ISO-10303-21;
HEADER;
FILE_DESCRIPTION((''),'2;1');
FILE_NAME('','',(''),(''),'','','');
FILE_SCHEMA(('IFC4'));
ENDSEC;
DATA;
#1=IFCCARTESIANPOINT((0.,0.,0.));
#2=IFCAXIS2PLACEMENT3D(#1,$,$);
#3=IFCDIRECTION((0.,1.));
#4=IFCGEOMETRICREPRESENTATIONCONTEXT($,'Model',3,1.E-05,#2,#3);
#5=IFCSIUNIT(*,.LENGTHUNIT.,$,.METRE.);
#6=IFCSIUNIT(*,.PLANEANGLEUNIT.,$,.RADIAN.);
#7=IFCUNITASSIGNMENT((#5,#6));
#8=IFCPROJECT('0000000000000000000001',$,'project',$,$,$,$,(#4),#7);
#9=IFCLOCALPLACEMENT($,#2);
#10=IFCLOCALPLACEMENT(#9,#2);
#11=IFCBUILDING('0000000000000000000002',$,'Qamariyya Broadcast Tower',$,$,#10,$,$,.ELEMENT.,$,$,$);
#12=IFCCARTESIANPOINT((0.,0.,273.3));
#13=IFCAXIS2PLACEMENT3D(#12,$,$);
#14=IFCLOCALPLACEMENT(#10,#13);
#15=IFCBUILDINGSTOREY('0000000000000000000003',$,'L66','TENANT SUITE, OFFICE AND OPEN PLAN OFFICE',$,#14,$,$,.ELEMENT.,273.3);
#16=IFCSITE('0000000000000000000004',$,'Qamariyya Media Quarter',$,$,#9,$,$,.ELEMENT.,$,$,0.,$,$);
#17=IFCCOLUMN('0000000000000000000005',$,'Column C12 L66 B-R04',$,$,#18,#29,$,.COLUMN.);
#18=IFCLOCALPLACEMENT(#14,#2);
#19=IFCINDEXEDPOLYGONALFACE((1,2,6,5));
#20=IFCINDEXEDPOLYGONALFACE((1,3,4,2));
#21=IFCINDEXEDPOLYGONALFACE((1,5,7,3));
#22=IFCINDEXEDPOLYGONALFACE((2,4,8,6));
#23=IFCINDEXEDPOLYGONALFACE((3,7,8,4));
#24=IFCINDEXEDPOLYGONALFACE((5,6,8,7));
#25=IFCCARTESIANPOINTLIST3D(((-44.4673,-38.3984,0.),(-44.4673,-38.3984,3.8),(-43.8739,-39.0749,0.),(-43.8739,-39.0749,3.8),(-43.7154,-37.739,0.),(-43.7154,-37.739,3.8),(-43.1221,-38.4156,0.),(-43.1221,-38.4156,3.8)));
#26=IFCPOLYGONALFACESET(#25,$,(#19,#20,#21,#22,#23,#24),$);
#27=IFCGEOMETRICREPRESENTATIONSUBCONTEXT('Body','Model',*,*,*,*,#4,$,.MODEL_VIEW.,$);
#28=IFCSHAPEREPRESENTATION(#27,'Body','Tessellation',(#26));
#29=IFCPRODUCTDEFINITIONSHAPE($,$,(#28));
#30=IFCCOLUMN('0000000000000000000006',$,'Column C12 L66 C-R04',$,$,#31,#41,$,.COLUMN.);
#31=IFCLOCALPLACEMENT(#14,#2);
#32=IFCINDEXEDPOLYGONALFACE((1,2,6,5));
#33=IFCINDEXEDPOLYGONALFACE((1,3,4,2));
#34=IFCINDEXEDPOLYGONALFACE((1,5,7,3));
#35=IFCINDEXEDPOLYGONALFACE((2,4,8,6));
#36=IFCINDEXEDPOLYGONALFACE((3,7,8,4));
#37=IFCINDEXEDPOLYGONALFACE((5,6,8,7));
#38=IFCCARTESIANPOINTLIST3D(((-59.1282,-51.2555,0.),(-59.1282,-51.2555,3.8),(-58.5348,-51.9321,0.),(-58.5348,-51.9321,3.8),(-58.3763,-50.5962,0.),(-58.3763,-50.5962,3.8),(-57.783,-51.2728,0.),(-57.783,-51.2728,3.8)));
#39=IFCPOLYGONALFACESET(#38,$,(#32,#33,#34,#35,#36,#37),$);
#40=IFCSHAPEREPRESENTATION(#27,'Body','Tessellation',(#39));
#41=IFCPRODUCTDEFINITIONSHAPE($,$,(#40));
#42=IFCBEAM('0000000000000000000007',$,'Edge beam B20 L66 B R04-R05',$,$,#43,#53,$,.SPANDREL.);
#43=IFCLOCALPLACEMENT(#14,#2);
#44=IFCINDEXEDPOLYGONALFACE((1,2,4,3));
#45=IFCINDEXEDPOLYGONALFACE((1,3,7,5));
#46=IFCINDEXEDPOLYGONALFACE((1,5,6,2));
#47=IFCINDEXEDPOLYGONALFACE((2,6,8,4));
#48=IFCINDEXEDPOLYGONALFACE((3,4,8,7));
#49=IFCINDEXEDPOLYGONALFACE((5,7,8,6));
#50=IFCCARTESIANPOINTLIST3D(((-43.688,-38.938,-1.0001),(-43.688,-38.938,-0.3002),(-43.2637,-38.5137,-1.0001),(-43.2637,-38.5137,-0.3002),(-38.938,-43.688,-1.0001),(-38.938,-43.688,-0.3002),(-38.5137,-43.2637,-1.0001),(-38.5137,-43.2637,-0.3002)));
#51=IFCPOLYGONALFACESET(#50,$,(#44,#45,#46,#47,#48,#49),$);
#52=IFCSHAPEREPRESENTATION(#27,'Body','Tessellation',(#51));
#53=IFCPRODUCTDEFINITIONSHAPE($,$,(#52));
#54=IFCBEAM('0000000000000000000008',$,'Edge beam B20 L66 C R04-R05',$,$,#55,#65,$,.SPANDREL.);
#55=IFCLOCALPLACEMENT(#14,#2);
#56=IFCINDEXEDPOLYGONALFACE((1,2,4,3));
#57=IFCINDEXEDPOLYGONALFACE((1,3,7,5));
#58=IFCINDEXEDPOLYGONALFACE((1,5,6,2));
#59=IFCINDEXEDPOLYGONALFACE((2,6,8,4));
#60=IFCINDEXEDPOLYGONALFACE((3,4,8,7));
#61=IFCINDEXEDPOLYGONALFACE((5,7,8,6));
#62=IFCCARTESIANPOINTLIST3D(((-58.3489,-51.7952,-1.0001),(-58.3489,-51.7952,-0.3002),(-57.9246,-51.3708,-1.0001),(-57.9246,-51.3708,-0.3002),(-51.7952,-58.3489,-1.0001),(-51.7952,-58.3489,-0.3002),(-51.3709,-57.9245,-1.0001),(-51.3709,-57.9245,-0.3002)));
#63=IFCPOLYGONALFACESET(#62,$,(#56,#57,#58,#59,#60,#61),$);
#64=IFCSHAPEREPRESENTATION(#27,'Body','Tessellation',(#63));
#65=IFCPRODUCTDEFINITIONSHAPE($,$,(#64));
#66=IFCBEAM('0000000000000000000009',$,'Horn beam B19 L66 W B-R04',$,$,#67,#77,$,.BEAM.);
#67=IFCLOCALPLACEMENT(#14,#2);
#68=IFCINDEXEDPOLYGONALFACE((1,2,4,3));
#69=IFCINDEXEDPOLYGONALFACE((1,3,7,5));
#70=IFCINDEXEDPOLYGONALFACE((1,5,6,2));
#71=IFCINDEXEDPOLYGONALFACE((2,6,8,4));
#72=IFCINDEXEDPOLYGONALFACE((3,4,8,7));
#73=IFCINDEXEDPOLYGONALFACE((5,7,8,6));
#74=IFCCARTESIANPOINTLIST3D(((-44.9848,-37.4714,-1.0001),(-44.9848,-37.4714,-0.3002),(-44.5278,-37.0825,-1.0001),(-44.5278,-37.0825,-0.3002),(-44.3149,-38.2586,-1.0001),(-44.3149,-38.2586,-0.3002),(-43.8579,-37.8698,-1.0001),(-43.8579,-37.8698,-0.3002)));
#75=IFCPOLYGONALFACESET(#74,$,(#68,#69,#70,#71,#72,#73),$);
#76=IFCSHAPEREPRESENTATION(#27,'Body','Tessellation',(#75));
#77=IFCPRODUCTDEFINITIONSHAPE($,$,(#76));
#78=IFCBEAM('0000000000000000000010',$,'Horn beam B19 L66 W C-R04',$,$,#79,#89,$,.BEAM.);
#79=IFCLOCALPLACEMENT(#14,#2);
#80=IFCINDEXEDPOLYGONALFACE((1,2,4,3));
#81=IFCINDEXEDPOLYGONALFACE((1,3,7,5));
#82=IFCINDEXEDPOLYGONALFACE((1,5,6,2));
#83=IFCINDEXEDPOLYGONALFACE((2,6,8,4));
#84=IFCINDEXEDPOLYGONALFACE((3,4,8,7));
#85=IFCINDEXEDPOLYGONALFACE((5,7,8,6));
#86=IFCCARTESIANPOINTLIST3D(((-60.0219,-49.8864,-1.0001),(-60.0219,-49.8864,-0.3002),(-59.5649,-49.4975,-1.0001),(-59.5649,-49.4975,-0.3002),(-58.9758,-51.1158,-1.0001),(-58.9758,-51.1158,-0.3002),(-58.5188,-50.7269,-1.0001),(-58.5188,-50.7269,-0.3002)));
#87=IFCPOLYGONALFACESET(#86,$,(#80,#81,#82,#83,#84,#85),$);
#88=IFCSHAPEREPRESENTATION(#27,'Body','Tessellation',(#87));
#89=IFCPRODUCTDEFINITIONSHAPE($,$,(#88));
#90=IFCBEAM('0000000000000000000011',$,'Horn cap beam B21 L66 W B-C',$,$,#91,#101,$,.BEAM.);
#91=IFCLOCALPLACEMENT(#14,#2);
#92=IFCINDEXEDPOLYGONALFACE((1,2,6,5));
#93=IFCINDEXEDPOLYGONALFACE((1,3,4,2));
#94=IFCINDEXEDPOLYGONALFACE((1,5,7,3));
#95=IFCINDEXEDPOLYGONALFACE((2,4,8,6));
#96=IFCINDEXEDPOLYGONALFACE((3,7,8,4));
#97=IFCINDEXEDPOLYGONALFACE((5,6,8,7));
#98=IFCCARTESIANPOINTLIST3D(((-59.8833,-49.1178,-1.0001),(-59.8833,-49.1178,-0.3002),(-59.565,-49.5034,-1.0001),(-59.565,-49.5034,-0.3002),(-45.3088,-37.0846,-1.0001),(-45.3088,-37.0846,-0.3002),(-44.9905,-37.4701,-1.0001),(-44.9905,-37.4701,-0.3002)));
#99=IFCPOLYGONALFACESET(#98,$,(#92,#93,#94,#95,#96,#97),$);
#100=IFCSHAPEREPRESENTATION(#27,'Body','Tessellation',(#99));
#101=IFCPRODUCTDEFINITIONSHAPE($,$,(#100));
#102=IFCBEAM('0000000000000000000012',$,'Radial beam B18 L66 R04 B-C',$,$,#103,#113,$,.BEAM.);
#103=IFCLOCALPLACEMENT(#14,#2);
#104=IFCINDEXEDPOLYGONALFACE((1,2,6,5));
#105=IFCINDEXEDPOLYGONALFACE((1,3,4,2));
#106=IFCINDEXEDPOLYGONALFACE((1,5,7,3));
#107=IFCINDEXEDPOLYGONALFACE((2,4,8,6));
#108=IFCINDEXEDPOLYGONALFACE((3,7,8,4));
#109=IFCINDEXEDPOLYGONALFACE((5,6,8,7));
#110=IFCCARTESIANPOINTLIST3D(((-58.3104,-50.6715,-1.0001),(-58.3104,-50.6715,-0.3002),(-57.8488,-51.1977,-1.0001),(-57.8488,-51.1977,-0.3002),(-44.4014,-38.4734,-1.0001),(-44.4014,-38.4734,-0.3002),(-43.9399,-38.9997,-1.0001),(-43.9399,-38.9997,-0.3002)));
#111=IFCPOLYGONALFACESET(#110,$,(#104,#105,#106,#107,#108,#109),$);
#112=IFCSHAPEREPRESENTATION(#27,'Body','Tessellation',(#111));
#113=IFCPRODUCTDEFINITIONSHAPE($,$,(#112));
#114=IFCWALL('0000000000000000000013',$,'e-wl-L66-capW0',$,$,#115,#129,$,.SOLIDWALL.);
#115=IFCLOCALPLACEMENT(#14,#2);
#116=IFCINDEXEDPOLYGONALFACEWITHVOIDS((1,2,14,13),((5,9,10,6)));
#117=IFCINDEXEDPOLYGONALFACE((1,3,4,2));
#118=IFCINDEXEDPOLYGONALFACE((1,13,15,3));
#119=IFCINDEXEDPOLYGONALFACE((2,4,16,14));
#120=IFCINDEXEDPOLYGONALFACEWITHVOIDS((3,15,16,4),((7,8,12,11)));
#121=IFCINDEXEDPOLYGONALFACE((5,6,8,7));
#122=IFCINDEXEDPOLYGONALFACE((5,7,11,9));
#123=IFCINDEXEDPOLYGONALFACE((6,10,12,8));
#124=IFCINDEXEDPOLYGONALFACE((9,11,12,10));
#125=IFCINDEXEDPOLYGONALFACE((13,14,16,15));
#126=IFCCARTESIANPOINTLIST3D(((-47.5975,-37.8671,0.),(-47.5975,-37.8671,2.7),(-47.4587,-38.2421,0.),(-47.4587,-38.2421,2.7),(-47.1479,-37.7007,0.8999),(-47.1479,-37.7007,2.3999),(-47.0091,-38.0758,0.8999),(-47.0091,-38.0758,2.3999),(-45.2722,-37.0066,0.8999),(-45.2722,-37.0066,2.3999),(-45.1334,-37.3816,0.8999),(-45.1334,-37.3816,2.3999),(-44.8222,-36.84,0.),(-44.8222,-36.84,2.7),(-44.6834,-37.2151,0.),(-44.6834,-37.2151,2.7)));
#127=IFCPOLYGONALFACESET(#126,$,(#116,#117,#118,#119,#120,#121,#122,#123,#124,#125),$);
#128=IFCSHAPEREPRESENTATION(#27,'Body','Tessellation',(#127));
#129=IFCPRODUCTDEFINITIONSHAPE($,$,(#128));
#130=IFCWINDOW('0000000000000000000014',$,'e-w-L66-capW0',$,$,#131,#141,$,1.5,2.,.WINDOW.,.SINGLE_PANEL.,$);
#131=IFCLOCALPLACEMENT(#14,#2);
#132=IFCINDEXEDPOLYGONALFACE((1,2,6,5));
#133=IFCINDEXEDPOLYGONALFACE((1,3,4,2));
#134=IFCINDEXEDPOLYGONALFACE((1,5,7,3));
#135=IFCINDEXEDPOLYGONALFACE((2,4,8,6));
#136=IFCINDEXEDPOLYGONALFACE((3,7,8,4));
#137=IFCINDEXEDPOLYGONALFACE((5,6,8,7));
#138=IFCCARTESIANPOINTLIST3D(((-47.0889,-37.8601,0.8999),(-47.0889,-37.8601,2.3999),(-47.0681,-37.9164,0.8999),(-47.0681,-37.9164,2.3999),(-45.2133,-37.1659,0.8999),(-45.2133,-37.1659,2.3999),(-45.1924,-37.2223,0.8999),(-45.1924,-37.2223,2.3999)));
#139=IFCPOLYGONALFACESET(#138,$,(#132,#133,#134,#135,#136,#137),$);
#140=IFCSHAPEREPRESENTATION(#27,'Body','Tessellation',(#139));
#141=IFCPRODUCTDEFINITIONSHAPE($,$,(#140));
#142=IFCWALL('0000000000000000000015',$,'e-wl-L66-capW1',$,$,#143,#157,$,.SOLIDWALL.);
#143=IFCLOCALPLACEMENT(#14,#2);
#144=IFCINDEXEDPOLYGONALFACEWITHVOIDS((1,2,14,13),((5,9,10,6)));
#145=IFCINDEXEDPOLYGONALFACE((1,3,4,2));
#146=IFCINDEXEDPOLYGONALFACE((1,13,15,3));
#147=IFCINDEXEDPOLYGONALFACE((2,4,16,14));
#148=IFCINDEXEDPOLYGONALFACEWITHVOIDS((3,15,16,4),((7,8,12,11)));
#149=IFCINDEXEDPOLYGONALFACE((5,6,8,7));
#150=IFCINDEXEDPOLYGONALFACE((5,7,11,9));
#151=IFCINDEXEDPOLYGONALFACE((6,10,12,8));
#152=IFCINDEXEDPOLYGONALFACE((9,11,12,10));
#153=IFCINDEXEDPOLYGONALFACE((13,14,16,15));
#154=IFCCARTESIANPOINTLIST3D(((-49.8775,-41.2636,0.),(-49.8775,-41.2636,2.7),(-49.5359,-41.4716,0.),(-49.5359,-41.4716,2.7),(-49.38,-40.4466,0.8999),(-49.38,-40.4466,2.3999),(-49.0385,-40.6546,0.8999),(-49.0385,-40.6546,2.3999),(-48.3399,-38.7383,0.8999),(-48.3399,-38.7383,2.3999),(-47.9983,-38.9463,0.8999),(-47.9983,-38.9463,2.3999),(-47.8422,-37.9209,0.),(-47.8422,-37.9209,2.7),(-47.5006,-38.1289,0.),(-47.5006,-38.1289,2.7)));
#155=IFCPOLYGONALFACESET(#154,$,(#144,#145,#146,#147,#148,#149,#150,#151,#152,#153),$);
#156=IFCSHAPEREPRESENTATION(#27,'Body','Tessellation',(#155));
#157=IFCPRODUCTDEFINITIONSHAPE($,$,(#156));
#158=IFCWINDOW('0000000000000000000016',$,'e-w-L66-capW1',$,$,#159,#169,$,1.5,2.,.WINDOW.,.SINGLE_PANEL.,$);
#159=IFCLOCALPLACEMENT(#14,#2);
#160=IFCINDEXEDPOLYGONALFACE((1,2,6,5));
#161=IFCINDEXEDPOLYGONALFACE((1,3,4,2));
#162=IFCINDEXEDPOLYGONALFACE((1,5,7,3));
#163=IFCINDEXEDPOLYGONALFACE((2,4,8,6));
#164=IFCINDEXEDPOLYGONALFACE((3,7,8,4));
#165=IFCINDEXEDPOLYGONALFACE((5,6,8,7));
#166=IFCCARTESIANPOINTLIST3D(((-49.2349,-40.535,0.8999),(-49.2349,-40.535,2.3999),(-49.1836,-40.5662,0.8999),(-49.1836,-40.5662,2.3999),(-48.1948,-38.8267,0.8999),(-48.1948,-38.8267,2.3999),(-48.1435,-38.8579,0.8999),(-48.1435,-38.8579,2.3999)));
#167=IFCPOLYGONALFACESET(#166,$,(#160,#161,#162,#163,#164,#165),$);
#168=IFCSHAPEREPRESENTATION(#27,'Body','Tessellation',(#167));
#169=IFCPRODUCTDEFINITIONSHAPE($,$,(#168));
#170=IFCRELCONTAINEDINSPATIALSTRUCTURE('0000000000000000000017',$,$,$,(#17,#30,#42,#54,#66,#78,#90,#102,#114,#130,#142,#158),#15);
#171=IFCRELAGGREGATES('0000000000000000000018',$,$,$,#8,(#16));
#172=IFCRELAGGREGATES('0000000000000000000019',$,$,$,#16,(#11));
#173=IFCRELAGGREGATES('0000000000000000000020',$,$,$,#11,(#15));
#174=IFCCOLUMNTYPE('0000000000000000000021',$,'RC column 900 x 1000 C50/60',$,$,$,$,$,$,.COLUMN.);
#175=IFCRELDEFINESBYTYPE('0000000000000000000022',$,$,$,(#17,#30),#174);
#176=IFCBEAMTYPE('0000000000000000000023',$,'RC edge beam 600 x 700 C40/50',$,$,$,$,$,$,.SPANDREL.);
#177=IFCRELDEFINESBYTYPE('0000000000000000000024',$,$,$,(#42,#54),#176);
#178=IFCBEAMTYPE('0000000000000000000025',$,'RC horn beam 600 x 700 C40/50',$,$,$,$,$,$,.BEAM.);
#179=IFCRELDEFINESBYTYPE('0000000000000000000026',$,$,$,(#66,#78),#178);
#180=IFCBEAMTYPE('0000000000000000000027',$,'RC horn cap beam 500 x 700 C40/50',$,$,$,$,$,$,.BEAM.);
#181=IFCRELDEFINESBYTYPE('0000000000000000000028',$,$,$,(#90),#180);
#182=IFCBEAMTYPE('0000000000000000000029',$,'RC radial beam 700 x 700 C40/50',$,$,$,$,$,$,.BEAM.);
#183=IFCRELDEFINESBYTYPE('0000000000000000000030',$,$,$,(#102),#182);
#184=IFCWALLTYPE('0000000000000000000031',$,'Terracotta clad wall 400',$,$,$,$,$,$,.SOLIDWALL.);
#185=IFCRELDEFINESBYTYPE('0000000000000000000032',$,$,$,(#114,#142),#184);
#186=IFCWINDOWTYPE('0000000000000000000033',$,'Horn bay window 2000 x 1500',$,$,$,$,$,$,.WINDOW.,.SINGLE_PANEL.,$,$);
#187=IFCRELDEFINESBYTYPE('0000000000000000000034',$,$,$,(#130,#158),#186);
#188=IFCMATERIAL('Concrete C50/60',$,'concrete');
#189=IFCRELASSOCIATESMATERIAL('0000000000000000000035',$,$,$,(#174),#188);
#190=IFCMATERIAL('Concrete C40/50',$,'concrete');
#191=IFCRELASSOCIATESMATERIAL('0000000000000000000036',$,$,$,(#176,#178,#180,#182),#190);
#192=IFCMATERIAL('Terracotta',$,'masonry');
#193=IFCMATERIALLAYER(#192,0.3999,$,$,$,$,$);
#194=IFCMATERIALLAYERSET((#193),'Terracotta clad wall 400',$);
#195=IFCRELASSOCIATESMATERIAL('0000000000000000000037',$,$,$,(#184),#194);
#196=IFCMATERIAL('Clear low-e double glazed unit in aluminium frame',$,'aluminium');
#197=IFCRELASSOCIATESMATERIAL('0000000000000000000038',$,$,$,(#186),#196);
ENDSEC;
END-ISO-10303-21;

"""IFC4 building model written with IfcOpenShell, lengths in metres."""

from ifc_helpers import new_model, si_unit, direction, frame, frame_2d, origin, origin_2d, place, context, subcontext, project, spatial, rectangle, extrude, material, layer, layer_set, material_profile, profile_set, type_object, element, fill, save


model = new_model("IFC4")

# Units and contexts
model_context = context("Model", 3, precision=1e-05, world=origin(), true_north=direction((0.0, 1.0)))
body_context = subcontext(model_context, "Body", "Model", "MODEL_VIEW")
ifc_project = project(units=[si_unit("LENGTHUNIT", "METRE"), si_unit("PLANEANGLEUNIT", "RADIAN")], contexts=[model_context])

# Site, building, storey
site_placement = place(None, origin())
site = spatial("IfcSite", under=ifc_project, at=site_placement, Name="Qamariyya Media Quarter", CompositionType="ELEMENT", RefElevation=0.0)
building_placement = place(site_placement, origin())
building = spatial("IfcBuilding", under=site, at=building_placement, Name="Qamariyya Broadcast Tower", CompositionType="ELEMENT")
storey_placement = place(building_placement, frame((0.0, 0.0, 273.3)))
storey = spatial("IfcBuildingStorey", under=building, at=storey_placement, Name="L66", Description="TENANT SUITE, OFFICE AND OPEN PLAN OFFICE", CompositionType="ELEMENT", Elevation=273.3)

# Columns
ifc_material_1 = material(Name="Concrete C50/60", Category="concrete")
ifc_material_profile_1 = material_profile(ifc_material_1, rectangle(XDim=0.8999, YDim=1.0, at=origin_2d()))
ifc_profile_set_1 = profile_set([ifc_material_profile_1], Name="Concrete C50/60")
column_type = type_object("IfcColumnType", Name="RC column 900 x 1000 C50/60", PredefinedType="COLUMN", material=ifc_profile_set_1)
for number, where, z_axis, x_axis, name in (
    (1, (-43.7947, -38.407, 0.0), (0.0, 0.0, 1.0), (0.659346, -0.75184, 0.0), "Column C12 L66 B-R04"),
    (2, (-58.4556, -51.2642, 0.0), (0.0, 0.0, 1.0), (0.659346, -0.75184, 0.0), "Column C12 L66 C-R04"),
):
    element("IfcColumn", number, at=place(storey_placement, frame(where, z_axis=z_axis, x_axis=x_axis)), inside=storey, type_object=column_type, Name=name, PredefinedType="COLUMN", context=body_context, shape_type="SweptSolid", body=[
        extrude(rectangle(XDim=0.8999, YDim=1.0, at=origin_2d()), origin(), (0.0, 0.0, 1.0), 3.8),
    ])

# Beams
ifc_material_2 = material(Name="Concrete C40/50", Category="concrete")
ifc_material_profile_2 = material_profile(ifc_material_2, rectangle(XDim=0.6001, YDim=0.7, at=origin_2d()))
ifc_profile_set_2 = profile_set([ifc_material_profile_2], Name="Concrete C40/50")
beam_type_1 = type_object("IfcBeamType", Name="RC edge beam 600 x 700 C40/50", PredefinedType="SPANDREL", material=ifc_profile_set_2)
beam_1_placement = place(storey_placement, frame((-43.4758, -38.7258, -0.6501), z_axis=(0.707107, -0.707107, 0.0), x_axis=(0.707107, 0.707107, 0.0)))
element("IfcBeam", 3, at=beam_1_placement, inside=storey, type_object=beam_type_1, Name="Edge beam B20 L66 B R04-R05", PredefinedType="SPANDREL", context=body_context, shape_type="SweptSolid", body=[
    extrude(rectangle(XDim=0.6001, YDim=0.7, at=origin_2d()), origin(), (0.0, 0.0, 1.0), 6.7175),
])
beam_2_placement = place(storey_placement, frame((-58.1367, -51.583, -0.6501), z_axis=(0.707107, -0.707107, 0.0), x_axis=(0.707107, 0.707107, 0.0)))
element("IfcBeam", 4, at=beam_2_placement, inside=storey, type_object=beam_type_1, Name="Edge beam B20 L66 C R04-R05", PredefinedType="SPANDREL", context=body_context, shape_type="SweptSolid", body=[
    extrude(rectangle(XDim=0.6001, YDim=0.7, at=origin_2d()), origin(), (0.0, 0.0, 1.0), 9.2683),
])
ifc_material_profile_3 = material_profile(ifc_material_2, rectangle(XDim=0.6001, YDim=0.7, at=origin_2d()))
ifc_profile_set_3 = profile_set([ifc_material_profile_3], Name="Concrete C40/50")
beam_type_2 = type_object("IfcBeamType", Name="RC horn beam 600 x 700 C40/50", PredefinedType="BEAM", material=ifc_profile_set_3)
beam_3_placement = place(storey_placement, frame((-44.0864, -38.0642, -0.6501), z_axis=(-0.648025, 0.761619, 0.0), x_axis=(-0.761619, -0.648025, 0.0)))
element("IfcBeam", 5, at=beam_3_placement, inside=storey, type_object=beam_type_2, Name="Horn beam B19 L66 W B-R04", PredefinedType="BEAM", context=body_context, shape_type="SweptSolid", body=[
    extrude(rectangle(XDim=0.6001, YDim=0.7, at=origin_2d()), origin(), (0.0, 0.0, 1.0), 1.0337),
])
beam_4_placement = place(storey_placement, frame((-58.7473, -50.9214, -0.6501), z_axis=(-0.648035, 0.761611, 0.0), x_axis=(-0.761611, -0.648035, 0.0)))
element("IfcBeam", 6, at=beam_4_placement, inside=storey, type_object=beam_type_2, Name="Horn beam B19 L66 W C-R04", PredefinedType="BEAM", context=body_context, shape_type="SweptSolid", body=[
    extrude(rectangle(XDim=0.6001, YDim=0.7, at=origin_2d()), origin(), (0.0, 0.0, 1.0), 1.6143),
])
ifc_material_profile_4 = material_profile(ifc_material_2, rectangle(XDim=0.5, YDim=0.7, at=origin_2d()))
ifc_profile_set_4 = profile_set([ifc_material_profile_4], Name="Concrete C40/50")
beam_type_3 = type_object("IfcBeamType", Name="RC horn cap beam 500 x 700 C40/50", PredefinedType="BEAM", material=ifc_profile_set_4)
beam_5_placement = place(storey_placement, frame((-45.1497, -37.2773, -0.6501), z_axis=(-0.771132, -0.636675, 0.0), x_axis=(0.636675, -0.771132, 0.0)))
element("IfcBeam", 7, at=beam_5_placement, inside=storey, type_object=beam_type_3, Name="Horn cap beam B21 L66 W B-C", PredefinedType="BEAM", context=body_context, shape_type="SweptSolid", body=[
    extrude(rectangle(XDim=0.5, YDim=0.7, at=origin_2d()), origin(), (0.0, 0.0, 1.0), 18.9001),
])
ifc_material_profile_5 = material_profile(ifc_material_2, rectangle(XDim=0.7, YDim=0.7, at=origin_2d()))
ifc_profile_set_5 = profile_set([ifc_material_profile_5], Name="Concrete C40/50")
beam_type_4 = type_object("IfcBeamType", Name="RC radial beam 700 x 700 C40/50", PredefinedType="BEAM", material=ifc_profile_set_5)
beam_6_placement = place(storey_placement, frame((-44.1707, -38.7366, -0.6501), z_axis=(-0.751835, -0.659352, 0.0), x_axis=(0.659352, -0.751835, 0.0)))
element("IfcBeam", 8, at=beam_6_placement, inside=storey, type_object=beam_type_4, Name="Radial beam B18 L66 R04 B-C", PredefinedType="BEAM", context=body_context, shape_type="SweptSolid", body=[
    extrude(rectangle(XDim=0.7, YDim=0.7, at=origin_2d()), origin(), (0.0, 0.0, 1.0), 18.5),
])

# Walls, openings, windows
ifc_material_3 = material(Name="Terracotta", Category="masonry")
ifc_layer = layer(ifc_material_3, 0.3999)
ifc_layer_set = layer_set([ifc_layer], Name="Terracotta clad wall 400")
wall_type = type_object("IfcWallType", Name="Terracotta clad wall 400", PredefinedType="SOLIDWALL", material=ifc_layer_set)
wall_1_placement = place(storey_placement, frame((-44.7529, -37.0276, 0.0), z_axis=(0.0, 0.0, 1.0), x_axis=(-0.937839, -0.34707, 0.0)))
wall_1 = element("IfcWall", 9, at=wall_1_placement, inside=storey, type_object=wall_type, Name="e-wl-L66-capW0", PredefinedType="SOLIDWALL", context=body_context, shape_type="SweptSolid", body=[
    extrude(rectangle(XDim=2.9592, YDim=0.3999, at=frame_2d((1.4795, 0.0))), origin(), (0.0, 0.0, 1.0), 2.7),
])
opening_1_placement = place(wall_1_placement, frame((0.4797, 0.0, 0.8999)))
opening_1 = element("IfcOpeningElement", 10, at=opening_1_placement, cuts=wall_1, PredefinedType="OPENING", context=body_context, shape_type="SweptSolid", body=[
    extrude(rectangle(XDim=2.0, YDim=1.5, at=frame_2d((1.0, 0.75))), frame((0.0, 0.21, 0.0), z_axis=(0.0, -1.0, 0.0), x_axis=(1.0, 0.0, 0.0)), (0.0, 0.0, 1.0), 0.4199),
])
ifc_material_4 = material(Name="Clear low-e double glazed unit in aluminium frame", Category="aluminium")
window_type = type_object("IfcWindowType", Name="Horn bay window 2000 x 1500", PartitioningType="SINGLE_PANEL", PredefinedType="WINDOW", material=ifc_material_4)
window_1_placement = place(opening_1_placement, origin())
window_1 = element("IfcWindow", 11, at=window_1_placement, inside=storey, type_object=window_type, Name="e-w-L66-capW0", OverallHeight=1.5, OverallWidth=2.0, PartitioningType="SINGLE_PANEL", PredefinedType="WINDOW", context=body_context, shape_type="SweptSolid", body=[
    extrude(rectangle(XDim=2.0, YDim=1.5, at=frame_2d((1.0, 0.75))), frame((0.0, 0.03, 0.0), z_axis=(0.0, -1.0, 0.0), x_axis=(1.0, 0.0, 0.0)), (0.0, 0.0, 1.0), 0.0601),
])
fill(opening_1, window_1)
wall_2_placement = place(storey_placement, frame((-47.6714, -38.0249, 0.0), z_axis=(0.0, 0.0, 1.0), x_axis=(-0.520072, -0.854123, 0.0)))
wall_2 = element("IfcWall", 12, at=wall_2_placement, inside=storey, type_object=wall_type, Name="e-wl-L66-capW1", PredefinedType="SOLIDWALL", context=body_context, shape_type="SweptSolid", body=[
    extrude(rectangle(XDim=3.9136, YDim=0.3999, at=frame_2d((1.9568, 0.0))), origin(), (0.0, 0.0, 1.0), 2.7),
])
opening_2_placement = place(wall_2_placement, frame((0.957, 0.0, 0.8999)))
opening_2 = element("IfcOpeningElement", 13, at=opening_2_placement, cuts=wall_2, PredefinedType="OPENING", context=body_context, shape_type="SweptSolid", body=[
    extrude(rectangle(XDim=2.0, YDim=1.5, at=frame_2d((1.0, 0.75))), frame((0.0, 0.21, 0.0), z_axis=(0.0, -1.0, 0.0), x_axis=(1.0, 0.0, 0.0)), (0.0, 0.0, 1.0), 0.4199),
])
window_2_placement = place(opening_2_placement, origin())
window_2 = element("IfcWindow", 14, at=window_2_placement, inside=storey, type_object=window_type, Name="e-w-L66-capW1", OverallHeight=1.5, OverallWidth=2.0, PartitioningType="SINGLE_PANEL", PredefinedType="WINDOW", context=body_context, shape_type="SweptSolid", body=[
    extrude(rectangle(XDim=2.0, YDim=1.5, at=frame_2d((1.0, 0.75))), frame((0.0, 0.03, 0.0), z_axis=(0.0, -1.0, 0.0), x_axis=(1.0, 0.0, 0.0)), (0.0, 0.0, 1.0), 0.0601),
])
fill(opening_2, window_2)

save(model, "model.ifc")
